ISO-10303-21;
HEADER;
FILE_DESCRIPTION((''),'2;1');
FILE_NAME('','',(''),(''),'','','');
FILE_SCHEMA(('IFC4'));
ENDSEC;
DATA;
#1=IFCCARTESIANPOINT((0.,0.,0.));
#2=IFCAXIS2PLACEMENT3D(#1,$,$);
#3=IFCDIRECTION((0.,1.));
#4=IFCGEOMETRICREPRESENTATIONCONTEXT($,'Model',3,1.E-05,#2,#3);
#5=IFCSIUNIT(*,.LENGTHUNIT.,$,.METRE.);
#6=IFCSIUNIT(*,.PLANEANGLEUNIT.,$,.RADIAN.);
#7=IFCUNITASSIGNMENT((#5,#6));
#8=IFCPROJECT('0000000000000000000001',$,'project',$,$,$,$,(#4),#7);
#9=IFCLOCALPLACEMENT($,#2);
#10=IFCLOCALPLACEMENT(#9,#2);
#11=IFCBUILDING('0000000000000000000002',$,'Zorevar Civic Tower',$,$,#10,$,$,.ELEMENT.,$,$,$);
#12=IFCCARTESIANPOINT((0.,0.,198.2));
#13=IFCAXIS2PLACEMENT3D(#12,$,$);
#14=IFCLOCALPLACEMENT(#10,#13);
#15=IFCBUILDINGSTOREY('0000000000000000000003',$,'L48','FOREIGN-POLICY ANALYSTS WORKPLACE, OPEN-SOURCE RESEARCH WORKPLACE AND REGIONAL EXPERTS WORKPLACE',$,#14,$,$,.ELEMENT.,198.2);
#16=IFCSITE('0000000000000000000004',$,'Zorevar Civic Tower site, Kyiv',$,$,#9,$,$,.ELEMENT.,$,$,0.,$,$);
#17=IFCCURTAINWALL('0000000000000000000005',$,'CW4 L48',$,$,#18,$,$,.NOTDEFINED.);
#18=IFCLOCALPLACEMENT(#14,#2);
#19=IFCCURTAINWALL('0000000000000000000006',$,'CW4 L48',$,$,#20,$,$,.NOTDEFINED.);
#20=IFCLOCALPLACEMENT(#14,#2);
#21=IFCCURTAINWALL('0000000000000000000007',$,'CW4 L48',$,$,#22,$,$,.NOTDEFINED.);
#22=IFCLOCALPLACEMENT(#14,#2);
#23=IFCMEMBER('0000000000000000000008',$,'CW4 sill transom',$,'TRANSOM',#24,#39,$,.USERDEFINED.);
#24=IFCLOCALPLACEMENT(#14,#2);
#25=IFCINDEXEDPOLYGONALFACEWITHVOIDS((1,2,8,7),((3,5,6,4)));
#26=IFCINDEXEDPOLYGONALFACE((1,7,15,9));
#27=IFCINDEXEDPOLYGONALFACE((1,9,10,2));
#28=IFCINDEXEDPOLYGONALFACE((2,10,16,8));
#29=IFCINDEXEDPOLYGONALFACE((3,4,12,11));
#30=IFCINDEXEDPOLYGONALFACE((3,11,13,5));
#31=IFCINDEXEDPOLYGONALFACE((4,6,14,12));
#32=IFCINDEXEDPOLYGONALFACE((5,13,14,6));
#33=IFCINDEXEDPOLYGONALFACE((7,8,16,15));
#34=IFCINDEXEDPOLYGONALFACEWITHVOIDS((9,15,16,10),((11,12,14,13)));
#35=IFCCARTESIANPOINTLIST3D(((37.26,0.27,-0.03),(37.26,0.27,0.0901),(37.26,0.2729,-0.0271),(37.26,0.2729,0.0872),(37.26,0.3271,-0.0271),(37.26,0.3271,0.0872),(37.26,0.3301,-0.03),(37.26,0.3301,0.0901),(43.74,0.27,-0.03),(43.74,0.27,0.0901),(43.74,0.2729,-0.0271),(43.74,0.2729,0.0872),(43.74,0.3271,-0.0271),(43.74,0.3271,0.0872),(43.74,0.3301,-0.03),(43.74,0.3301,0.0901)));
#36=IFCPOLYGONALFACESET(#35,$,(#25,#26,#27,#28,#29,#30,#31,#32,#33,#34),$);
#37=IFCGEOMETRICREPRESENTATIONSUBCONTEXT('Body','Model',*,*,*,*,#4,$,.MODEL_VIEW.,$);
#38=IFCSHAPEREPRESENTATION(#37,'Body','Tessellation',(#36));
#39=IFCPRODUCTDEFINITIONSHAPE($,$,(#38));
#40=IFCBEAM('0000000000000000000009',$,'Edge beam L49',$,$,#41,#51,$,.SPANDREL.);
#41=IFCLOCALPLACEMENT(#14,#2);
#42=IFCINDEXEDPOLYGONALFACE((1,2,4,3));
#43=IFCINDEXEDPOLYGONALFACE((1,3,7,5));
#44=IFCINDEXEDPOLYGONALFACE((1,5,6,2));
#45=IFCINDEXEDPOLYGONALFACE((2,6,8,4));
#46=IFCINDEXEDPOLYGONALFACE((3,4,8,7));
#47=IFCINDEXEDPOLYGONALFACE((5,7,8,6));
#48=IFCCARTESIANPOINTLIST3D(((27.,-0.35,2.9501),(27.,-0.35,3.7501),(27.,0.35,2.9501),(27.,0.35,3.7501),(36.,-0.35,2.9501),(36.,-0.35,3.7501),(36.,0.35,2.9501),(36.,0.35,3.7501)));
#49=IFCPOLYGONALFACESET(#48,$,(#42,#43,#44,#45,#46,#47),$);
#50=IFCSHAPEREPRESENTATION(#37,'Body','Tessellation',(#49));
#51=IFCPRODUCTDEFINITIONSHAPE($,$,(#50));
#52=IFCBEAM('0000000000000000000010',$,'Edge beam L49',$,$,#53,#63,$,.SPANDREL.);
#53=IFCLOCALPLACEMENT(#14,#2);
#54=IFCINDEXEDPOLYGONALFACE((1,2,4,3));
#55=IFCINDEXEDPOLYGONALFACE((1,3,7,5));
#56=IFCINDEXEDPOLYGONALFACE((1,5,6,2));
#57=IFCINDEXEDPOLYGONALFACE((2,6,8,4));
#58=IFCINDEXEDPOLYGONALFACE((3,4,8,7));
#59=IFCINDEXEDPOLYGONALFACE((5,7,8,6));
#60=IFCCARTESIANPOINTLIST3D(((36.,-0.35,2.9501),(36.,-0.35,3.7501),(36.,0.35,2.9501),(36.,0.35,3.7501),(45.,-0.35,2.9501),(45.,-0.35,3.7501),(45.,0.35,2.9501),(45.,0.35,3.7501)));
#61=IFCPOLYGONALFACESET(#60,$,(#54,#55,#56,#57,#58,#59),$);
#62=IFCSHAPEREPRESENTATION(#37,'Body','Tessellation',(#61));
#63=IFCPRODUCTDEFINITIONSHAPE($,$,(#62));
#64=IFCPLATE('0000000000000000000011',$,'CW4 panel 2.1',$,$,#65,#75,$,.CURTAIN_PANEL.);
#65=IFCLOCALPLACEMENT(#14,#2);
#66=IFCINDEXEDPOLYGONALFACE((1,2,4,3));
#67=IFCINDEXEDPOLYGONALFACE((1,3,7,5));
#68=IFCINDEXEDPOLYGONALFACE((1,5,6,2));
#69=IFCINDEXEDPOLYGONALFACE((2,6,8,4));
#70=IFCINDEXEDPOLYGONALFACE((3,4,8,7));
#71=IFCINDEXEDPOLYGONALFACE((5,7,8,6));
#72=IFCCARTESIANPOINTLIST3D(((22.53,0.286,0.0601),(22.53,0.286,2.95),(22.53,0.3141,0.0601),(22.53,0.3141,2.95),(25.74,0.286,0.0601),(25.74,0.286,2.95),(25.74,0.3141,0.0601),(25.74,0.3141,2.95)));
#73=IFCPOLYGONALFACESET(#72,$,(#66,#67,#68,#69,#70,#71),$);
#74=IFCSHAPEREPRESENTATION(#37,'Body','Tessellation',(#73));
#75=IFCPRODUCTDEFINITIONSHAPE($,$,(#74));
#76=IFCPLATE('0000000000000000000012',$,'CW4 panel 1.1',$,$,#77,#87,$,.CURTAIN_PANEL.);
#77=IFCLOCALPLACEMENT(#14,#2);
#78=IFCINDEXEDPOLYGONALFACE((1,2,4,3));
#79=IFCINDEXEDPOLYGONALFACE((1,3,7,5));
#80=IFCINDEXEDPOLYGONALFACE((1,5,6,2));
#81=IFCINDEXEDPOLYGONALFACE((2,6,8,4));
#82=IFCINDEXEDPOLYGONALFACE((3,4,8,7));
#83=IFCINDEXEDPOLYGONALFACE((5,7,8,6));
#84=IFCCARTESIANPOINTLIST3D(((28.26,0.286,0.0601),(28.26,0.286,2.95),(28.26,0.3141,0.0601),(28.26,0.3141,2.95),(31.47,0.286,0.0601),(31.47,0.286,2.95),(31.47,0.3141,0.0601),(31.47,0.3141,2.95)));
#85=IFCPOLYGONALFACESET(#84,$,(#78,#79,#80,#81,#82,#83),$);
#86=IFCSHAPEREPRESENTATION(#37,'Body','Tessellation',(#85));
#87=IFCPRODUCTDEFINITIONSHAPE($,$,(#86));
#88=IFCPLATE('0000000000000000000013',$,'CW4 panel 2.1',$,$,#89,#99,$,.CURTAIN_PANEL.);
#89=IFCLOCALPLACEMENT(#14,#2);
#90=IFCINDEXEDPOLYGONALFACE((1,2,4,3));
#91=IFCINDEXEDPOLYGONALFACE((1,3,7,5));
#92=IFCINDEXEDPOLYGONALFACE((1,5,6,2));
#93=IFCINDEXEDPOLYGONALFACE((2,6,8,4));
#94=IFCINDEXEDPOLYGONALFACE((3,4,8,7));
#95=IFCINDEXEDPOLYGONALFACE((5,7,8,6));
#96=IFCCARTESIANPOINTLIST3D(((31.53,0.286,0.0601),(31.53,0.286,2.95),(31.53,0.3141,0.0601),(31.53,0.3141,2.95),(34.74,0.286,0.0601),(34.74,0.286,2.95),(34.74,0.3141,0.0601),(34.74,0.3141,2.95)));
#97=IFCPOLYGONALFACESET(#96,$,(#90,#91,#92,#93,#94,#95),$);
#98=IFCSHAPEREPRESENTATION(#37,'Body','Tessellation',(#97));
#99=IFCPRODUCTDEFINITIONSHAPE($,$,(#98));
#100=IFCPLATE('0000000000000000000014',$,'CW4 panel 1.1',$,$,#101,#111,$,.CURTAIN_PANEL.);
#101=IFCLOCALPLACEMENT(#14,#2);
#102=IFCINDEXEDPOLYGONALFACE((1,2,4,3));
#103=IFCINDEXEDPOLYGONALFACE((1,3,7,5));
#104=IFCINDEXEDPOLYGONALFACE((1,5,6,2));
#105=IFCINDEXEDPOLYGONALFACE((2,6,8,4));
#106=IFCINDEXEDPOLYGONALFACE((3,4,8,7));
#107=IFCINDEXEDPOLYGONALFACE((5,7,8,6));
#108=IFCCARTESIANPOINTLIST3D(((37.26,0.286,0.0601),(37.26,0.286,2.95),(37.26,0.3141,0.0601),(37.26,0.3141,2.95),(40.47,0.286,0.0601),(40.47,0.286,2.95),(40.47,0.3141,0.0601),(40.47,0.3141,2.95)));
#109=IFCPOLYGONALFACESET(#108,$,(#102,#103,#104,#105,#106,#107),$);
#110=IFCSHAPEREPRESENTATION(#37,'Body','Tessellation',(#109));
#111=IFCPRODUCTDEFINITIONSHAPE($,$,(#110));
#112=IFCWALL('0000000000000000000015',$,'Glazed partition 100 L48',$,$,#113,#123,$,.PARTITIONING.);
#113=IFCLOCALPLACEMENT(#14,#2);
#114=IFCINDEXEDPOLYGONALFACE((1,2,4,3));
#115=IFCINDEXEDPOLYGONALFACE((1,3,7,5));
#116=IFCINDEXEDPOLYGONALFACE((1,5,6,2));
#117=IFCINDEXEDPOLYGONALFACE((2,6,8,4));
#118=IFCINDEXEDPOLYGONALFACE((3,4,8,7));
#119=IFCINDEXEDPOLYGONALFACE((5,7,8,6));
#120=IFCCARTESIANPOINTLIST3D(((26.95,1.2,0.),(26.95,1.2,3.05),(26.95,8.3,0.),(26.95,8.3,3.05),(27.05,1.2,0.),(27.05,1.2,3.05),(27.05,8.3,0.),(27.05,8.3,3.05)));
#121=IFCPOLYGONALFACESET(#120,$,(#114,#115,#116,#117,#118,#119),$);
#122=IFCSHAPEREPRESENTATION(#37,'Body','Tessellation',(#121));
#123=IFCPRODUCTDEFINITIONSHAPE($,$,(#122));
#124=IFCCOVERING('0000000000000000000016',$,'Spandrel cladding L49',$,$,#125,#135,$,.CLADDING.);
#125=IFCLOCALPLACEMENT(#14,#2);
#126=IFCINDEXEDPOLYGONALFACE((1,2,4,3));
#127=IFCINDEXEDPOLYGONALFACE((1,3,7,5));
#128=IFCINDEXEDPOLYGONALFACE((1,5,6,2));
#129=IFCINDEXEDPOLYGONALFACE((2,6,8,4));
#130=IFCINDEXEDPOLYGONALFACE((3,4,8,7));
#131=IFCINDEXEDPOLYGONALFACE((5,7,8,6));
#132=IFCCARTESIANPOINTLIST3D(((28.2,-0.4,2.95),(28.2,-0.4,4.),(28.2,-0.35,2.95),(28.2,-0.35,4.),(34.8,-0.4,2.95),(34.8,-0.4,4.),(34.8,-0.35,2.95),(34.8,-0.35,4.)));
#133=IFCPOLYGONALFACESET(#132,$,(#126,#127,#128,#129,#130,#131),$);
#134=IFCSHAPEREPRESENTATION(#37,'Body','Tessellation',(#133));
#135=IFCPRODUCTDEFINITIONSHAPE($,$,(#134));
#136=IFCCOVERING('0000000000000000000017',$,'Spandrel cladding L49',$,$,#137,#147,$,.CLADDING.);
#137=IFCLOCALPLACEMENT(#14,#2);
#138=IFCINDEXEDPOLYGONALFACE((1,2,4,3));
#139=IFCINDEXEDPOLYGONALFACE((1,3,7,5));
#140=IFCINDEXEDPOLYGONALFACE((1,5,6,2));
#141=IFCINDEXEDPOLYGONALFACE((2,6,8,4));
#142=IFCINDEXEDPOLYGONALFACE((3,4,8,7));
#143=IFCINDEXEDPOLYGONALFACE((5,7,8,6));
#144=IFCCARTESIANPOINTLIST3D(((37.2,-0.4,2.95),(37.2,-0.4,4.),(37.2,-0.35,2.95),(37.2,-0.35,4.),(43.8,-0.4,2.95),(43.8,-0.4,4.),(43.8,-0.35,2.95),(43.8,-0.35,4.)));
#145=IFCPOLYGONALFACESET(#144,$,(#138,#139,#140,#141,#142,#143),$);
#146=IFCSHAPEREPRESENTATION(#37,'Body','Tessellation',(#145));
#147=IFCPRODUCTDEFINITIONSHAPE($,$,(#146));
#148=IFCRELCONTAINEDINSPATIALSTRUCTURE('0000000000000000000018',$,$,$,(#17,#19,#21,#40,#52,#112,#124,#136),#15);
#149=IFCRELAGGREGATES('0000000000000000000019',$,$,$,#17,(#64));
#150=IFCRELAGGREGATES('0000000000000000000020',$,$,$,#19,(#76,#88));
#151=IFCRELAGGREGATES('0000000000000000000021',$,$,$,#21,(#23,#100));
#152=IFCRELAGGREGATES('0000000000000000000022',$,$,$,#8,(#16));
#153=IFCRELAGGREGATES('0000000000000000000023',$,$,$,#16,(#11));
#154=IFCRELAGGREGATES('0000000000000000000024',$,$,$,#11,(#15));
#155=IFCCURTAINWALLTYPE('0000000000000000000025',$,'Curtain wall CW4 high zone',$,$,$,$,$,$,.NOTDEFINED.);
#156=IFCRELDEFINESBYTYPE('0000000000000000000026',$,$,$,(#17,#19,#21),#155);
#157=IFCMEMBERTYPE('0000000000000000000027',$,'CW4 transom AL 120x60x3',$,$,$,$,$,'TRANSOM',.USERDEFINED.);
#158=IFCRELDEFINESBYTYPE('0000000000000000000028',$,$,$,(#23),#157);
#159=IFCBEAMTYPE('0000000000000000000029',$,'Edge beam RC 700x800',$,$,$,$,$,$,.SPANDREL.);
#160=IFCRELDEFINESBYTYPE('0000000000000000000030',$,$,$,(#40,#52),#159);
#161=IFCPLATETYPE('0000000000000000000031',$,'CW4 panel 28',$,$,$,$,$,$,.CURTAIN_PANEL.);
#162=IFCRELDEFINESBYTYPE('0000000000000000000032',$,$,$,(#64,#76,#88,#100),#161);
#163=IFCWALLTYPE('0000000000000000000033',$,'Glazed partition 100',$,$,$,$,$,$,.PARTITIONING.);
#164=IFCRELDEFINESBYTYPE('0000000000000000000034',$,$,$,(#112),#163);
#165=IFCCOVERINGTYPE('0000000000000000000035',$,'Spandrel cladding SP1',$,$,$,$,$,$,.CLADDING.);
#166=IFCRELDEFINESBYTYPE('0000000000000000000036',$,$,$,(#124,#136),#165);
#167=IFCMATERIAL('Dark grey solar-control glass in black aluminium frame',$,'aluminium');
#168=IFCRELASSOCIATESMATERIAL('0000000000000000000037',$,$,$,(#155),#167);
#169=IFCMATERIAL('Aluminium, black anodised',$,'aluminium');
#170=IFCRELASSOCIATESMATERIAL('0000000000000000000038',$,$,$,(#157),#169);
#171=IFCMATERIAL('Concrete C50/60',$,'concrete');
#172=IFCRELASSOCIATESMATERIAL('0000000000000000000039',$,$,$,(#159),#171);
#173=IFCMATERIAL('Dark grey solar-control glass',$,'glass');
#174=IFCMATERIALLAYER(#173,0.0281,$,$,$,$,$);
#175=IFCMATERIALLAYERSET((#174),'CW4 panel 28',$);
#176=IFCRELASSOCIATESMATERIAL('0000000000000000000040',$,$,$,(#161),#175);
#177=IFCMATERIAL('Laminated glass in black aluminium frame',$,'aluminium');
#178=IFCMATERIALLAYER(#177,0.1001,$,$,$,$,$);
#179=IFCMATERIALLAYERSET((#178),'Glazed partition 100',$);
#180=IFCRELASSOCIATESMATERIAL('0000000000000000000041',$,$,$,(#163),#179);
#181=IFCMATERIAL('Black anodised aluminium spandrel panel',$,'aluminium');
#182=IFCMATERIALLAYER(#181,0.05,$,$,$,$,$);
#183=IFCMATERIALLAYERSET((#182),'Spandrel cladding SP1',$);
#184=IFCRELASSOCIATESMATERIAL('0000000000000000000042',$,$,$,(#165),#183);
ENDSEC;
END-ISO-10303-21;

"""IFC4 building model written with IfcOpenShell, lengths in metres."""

from ifc_helpers import new_model, si_unit, direction, frame, frame_2d, origin, origin_2d, place, context, subcontext, project, spatial, rectangle, hollow_rectangle, extrude, material, layer, layer_set, material_profile, profile_set, type_object, element, aggregate, save


model = new_model("IFC4")

# Units and contexts
model_context = context("Model", 3, precision=1e-05, world=origin(), true_north=direction((0.0, 1.0)))
body_context = subcontext(model_context, "Body", "Model", "MODEL_VIEW")
ifc_project = project(units=[si_unit("LENGTHUNIT", "METRE"), si_unit("PLANEANGLEUNIT", "RADIAN")], contexts=[model_context])

# Site, building, storey
site_placement = place(None, origin())
site = spatial("IfcSite", under=ifc_project, at=site_placement, Name="Zorevar Civic Tower site, Kyiv", CompositionType="ELEMENT", RefElevation=0.0)
building_placement = place(site_placement, origin())
building = spatial("IfcBuilding", under=site, at=building_placement, Name="Zorevar Civic Tower", CompositionType="ELEMENT")
storey_placement = place(building_placement, frame((0.0, 0.0, 198.2)))
storey = spatial("IfcBuildingStorey", under=building, at=storey_placement, Name="L48", Description="FOREIGN-POLICY ANALYSTS WORKPLACE, OPEN-SOURCE RESEARCH WORKPLACE AND REGIONAL EXPERTS WORKPLACE", CompositionType="ELEMENT", Elevation=198.2)

# Curtain wall
ifc_material_1 = material(Name="Dark grey solar-control glass in black aluminium frame", Category="aluminium")
curtain_wall_type = type_object("IfcCurtainWallType", Name="Curtain wall CW4 high zone", PredefinedType="NOTDEFINED", material=ifc_material_1)
curtain_wall_1_placement = place(storey_placement, origin())
curtain_wall_1 = element("IfcCurtainWall", 1, at=curtain_wall_1_placement, inside=storey, type_object=curtain_wall_type, Name="CW4 L48", PredefinedType="NOTDEFINED")

# Curtain walls
curtain_wall_2_placement = place(storey_placement, origin())
curtain_wall_2 = element("IfcCurtainWall", 2, at=curtain_wall_2_placement, inside=storey, type_object=curtain_wall_type, Name="CW4 L48", PredefinedType="NOTDEFINED")
curtain_wall_3_placement = place(storey_placement, origin())
curtain_wall_3 = element("IfcCurtainWall", 3, at=curtain_wall_3_placement, inside=storey, type_object=curtain_wall_type, Name="CW4 L48", PredefinedType="NOTDEFINED")

# Member
ifc_material_2 = material(Name="Aluminium, black anodised", Category="aluminium")
ifc_material_profile_1 = material_profile(ifc_material_2, hollow_rectangle(XDim=0.0601, YDim=0.1201, WallThickness=0.0029, at=origin_2d()), Name="AL 120x60x3")
ifc_profile_set_1 = profile_set([ifc_material_profile_1], Name="Aluminium, black anodised")
member_type_1 = type_object("IfcMemberType", Name="CW4 transom AL 120x60x3", ElementType="TRANSOM", PredefinedType="USERDEFINED", material=ifc_profile_set_1)
member_1_placement = place(storey_placement, frame((37.26, 0.3, 0.03), z_axis=(1.0, 0.0, 0.0), x_axis=(0.0, 1.0, 0.0)))
member_1 = element("IfcMember", 4, at=member_1_placement, type_object=member_type_1, Name="CW4 sill transom", ObjectType="TRANSOM", PredefinedType="USERDEFINED", context=body_context, shape_type="SweptSolid", body=[
    extrude(hollow_rectangle(XDim=0.0601, YDim=0.1201, WallThickness=0.0029, at=origin_2d()), origin(), (0.0, 0.0, 1.0), 6.48),
])

# Beams
ifc_material_3 = material(Name="Concrete C50/60", Category="concrete")
ifc_material_profile_2 = material_profile(ifc_material_3, rectangle(XDim=0.7, YDim=0.8, at=origin_2d()), Name="RC 700x800")
ifc_profile_set_2 = profile_set([ifc_material_profile_2], Name="Concrete C50/60")
beam_type_1 = type_object("IfcBeamType", Name="Edge beam RC 700x800", PredefinedType="SPANDREL", material=ifc_profile_set_2)
for number, where, z_axis, x_axis, name in (
    (5, (27.0, 0.0, 3.3501), (1.0, 0.0, 0.0), (0.0, 1.0, 0.0), "Edge beam L49"),
    (6, (36.0, 0.0, 3.3501), (1.0, 0.0, 0.0), (0.0, 1.0, 0.0), "Edge beam L49"),
):
    element("IfcBeam", number, at=place(storey_placement, frame(where, z_axis=z_axis, x_axis=x_axis)), inside=storey, type_object=beam_type_1, Name=name, PredefinedType="SPANDREL", context=body_context, shape_type="SweptSolid", body=[
        extrude(rectangle(XDim=0.7, YDim=0.8, at=origin_2d()), origin(), (0.0, 0.0, 1.0), 9.0),
    ])

# Plates
ifc_material_4 = material(Name="Dark grey solar-control glass", Category="glass")
ifc_layer_1 = layer(ifc_material_4, 0.0281)
ifc_layer_set_1 = layer_set([ifc_layer_1], Name="CW4 panel 28")
plate_type = type_object("IfcPlateType", Name="CW4 panel 28", PredefinedType="CURTAIN_PANEL", material=ifc_layer_set_1)
plate_1_placement = place(storey_placement, frame((24.135, 0.3, 0.0601), z_axis=(0.0, 0.0, 1.0), x_axis=(1.0, 0.0, 0.0)))
plate_1 = element("IfcPlate", 7, at=plate_1_placement, type_object=plate_type, Name="CW4 panel 2.1", PredefinedType="CURTAIN_PANEL", context=body_context, shape_type="SweptSolid", body=[
    extrude(rectangle(XDim=3.21, YDim=0.0281, at=origin_2d()), origin(), (0.0, 0.0, 1.0), 2.8899),
])
aggregate(curtain_wall_1, [plate_1])
plate_2_placement = place(storey_placement, frame((29.865, 0.3, 0.0601), z_axis=(0.0, 0.0, 1.0), x_axis=(1.0, 0.0, 0.0)))
plate_2 = element("IfcPlate", 8, at=plate_2_placement, type_object=plate_type, Name="CW4 panel 1.1", PredefinedType="CURTAIN_PANEL", context=body_context, shape_type="SweptSolid", body=[
    extrude(rectangle(XDim=3.21, YDim=0.0281, at=origin_2d()), origin(), (0.0, 0.0, 1.0), 2.8899),
])
plate_3_placement = place(storey_placement, frame((33.135, 0.3, 0.0601), z_axis=(0.0, 0.0, 1.0), x_axis=(1.0, 0.0, 0.0)))
plate_3 = element("IfcPlate", 9, at=plate_3_placement, type_object=plate_type, Name="CW4 panel 2.1", PredefinedType="CURTAIN_PANEL", context=body_context, shape_type="SweptSolid", body=[
    extrude(rectangle(XDim=3.21, YDim=0.0281, at=origin_2d()), origin(), (0.0, 0.0, 1.0), 2.8899),
])
aggregate(curtain_wall_2, [plate_2, plate_3])
plate_4_placement = place(storey_placement, frame((38.865, 0.3, 0.0601), z_axis=(0.0, 0.0, 1.0), x_axis=(1.0, 0.0, 0.0)))
plate_4 = element("IfcPlate", 10, at=plate_4_placement, type_object=plate_type, Name="CW4 panel 1.1", PredefinedType="CURTAIN_PANEL", context=body_context, shape_type="SweptSolid", body=[
    extrude(rectangle(XDim=3.21, YDim=0.0281, at=origin_2d()), origin(), (0.0, 0.0, 1.0), 2.8899),
])
aggregate(curtain_wall_3, [member_1, plate_4])

# Wall
ifc_material_5 = material(Name="Laminated glass in black aluminium frame", Category="aluminium")
ifc_layer_2 = layer(ifc_material_5, 0.1001)
ifc_layer_set_2 = layer_set([ifc_layer_2], Name="Glazed partition 100")
wall_type = type_object("IfcWallType", Name="Glazed partition 100", PredefinedType="PARTITIONING", material=ifc_layer_set_2)
wall_placement = place(storey_placement, frame((27.0, 1.2, 0.0), z_axis=(0.0, 0.0, 1.0), x_axis=(0.0, 1.0, 0.0)))
element("IfcWall", 11, at=wall_placement, inside=storey, type_object=wall_type, Name="Glazed partition 100 L48", PredefinedType="PARTITIONING", context=body_context, shape_type="SweptSolid", body=[
    extrude(rectangle(XDim=7.1001, YDim=0.1001, at=frame_2d((3.55, 0.0))), origin(), (0.0, 0.0, 1.0), 3.05),
])

# Coverings
ifc_material_6 = material(Name="Black anodised aluminium spandrel panel", Category="aluminium")
ifc_layer_3 = layer(ifc_material_6, 0.05)
ifc_layer_set_3 = layer_set([ifc_layer_3], Name="Spandrel cladding SP1")
covering_type = type_object("IfcCoveringType", Name="Spandrel cladding SP1", PredefinedType="CLADDING", material=ifc_layer_set_3)
for number, where, z_axis, x_axis, name in (
    (12, (28.2, -0.375, 2.95), (0.0, 0.0, 1.0), (1.0, 0.0, 0.0), "Spandrel cladding L49"),
    (13, (37.2, -0.375, 2.95), (0.0, 0.0, 1.0), (1.0, 0.0, 0.0), "Spandrel cladding L49"),
):
    element("IfcCovering", number, at=place(storey_placement, frame(where, z_axis=z_axis, x_axis=x_axis)), inside=storey, type_object=covering_type, Name=name, PredefinedType="CLADDING", context=body_context, shape_type="SweptSolid", body=[
        extrude(rectangle(XDim=6.6001, YDim=0.05, at=frame_2d((3.3, 0.0))), origin(), (0.0, 0.0, 1.0), 1.05),
    ])

save(model, "model.ifc")
